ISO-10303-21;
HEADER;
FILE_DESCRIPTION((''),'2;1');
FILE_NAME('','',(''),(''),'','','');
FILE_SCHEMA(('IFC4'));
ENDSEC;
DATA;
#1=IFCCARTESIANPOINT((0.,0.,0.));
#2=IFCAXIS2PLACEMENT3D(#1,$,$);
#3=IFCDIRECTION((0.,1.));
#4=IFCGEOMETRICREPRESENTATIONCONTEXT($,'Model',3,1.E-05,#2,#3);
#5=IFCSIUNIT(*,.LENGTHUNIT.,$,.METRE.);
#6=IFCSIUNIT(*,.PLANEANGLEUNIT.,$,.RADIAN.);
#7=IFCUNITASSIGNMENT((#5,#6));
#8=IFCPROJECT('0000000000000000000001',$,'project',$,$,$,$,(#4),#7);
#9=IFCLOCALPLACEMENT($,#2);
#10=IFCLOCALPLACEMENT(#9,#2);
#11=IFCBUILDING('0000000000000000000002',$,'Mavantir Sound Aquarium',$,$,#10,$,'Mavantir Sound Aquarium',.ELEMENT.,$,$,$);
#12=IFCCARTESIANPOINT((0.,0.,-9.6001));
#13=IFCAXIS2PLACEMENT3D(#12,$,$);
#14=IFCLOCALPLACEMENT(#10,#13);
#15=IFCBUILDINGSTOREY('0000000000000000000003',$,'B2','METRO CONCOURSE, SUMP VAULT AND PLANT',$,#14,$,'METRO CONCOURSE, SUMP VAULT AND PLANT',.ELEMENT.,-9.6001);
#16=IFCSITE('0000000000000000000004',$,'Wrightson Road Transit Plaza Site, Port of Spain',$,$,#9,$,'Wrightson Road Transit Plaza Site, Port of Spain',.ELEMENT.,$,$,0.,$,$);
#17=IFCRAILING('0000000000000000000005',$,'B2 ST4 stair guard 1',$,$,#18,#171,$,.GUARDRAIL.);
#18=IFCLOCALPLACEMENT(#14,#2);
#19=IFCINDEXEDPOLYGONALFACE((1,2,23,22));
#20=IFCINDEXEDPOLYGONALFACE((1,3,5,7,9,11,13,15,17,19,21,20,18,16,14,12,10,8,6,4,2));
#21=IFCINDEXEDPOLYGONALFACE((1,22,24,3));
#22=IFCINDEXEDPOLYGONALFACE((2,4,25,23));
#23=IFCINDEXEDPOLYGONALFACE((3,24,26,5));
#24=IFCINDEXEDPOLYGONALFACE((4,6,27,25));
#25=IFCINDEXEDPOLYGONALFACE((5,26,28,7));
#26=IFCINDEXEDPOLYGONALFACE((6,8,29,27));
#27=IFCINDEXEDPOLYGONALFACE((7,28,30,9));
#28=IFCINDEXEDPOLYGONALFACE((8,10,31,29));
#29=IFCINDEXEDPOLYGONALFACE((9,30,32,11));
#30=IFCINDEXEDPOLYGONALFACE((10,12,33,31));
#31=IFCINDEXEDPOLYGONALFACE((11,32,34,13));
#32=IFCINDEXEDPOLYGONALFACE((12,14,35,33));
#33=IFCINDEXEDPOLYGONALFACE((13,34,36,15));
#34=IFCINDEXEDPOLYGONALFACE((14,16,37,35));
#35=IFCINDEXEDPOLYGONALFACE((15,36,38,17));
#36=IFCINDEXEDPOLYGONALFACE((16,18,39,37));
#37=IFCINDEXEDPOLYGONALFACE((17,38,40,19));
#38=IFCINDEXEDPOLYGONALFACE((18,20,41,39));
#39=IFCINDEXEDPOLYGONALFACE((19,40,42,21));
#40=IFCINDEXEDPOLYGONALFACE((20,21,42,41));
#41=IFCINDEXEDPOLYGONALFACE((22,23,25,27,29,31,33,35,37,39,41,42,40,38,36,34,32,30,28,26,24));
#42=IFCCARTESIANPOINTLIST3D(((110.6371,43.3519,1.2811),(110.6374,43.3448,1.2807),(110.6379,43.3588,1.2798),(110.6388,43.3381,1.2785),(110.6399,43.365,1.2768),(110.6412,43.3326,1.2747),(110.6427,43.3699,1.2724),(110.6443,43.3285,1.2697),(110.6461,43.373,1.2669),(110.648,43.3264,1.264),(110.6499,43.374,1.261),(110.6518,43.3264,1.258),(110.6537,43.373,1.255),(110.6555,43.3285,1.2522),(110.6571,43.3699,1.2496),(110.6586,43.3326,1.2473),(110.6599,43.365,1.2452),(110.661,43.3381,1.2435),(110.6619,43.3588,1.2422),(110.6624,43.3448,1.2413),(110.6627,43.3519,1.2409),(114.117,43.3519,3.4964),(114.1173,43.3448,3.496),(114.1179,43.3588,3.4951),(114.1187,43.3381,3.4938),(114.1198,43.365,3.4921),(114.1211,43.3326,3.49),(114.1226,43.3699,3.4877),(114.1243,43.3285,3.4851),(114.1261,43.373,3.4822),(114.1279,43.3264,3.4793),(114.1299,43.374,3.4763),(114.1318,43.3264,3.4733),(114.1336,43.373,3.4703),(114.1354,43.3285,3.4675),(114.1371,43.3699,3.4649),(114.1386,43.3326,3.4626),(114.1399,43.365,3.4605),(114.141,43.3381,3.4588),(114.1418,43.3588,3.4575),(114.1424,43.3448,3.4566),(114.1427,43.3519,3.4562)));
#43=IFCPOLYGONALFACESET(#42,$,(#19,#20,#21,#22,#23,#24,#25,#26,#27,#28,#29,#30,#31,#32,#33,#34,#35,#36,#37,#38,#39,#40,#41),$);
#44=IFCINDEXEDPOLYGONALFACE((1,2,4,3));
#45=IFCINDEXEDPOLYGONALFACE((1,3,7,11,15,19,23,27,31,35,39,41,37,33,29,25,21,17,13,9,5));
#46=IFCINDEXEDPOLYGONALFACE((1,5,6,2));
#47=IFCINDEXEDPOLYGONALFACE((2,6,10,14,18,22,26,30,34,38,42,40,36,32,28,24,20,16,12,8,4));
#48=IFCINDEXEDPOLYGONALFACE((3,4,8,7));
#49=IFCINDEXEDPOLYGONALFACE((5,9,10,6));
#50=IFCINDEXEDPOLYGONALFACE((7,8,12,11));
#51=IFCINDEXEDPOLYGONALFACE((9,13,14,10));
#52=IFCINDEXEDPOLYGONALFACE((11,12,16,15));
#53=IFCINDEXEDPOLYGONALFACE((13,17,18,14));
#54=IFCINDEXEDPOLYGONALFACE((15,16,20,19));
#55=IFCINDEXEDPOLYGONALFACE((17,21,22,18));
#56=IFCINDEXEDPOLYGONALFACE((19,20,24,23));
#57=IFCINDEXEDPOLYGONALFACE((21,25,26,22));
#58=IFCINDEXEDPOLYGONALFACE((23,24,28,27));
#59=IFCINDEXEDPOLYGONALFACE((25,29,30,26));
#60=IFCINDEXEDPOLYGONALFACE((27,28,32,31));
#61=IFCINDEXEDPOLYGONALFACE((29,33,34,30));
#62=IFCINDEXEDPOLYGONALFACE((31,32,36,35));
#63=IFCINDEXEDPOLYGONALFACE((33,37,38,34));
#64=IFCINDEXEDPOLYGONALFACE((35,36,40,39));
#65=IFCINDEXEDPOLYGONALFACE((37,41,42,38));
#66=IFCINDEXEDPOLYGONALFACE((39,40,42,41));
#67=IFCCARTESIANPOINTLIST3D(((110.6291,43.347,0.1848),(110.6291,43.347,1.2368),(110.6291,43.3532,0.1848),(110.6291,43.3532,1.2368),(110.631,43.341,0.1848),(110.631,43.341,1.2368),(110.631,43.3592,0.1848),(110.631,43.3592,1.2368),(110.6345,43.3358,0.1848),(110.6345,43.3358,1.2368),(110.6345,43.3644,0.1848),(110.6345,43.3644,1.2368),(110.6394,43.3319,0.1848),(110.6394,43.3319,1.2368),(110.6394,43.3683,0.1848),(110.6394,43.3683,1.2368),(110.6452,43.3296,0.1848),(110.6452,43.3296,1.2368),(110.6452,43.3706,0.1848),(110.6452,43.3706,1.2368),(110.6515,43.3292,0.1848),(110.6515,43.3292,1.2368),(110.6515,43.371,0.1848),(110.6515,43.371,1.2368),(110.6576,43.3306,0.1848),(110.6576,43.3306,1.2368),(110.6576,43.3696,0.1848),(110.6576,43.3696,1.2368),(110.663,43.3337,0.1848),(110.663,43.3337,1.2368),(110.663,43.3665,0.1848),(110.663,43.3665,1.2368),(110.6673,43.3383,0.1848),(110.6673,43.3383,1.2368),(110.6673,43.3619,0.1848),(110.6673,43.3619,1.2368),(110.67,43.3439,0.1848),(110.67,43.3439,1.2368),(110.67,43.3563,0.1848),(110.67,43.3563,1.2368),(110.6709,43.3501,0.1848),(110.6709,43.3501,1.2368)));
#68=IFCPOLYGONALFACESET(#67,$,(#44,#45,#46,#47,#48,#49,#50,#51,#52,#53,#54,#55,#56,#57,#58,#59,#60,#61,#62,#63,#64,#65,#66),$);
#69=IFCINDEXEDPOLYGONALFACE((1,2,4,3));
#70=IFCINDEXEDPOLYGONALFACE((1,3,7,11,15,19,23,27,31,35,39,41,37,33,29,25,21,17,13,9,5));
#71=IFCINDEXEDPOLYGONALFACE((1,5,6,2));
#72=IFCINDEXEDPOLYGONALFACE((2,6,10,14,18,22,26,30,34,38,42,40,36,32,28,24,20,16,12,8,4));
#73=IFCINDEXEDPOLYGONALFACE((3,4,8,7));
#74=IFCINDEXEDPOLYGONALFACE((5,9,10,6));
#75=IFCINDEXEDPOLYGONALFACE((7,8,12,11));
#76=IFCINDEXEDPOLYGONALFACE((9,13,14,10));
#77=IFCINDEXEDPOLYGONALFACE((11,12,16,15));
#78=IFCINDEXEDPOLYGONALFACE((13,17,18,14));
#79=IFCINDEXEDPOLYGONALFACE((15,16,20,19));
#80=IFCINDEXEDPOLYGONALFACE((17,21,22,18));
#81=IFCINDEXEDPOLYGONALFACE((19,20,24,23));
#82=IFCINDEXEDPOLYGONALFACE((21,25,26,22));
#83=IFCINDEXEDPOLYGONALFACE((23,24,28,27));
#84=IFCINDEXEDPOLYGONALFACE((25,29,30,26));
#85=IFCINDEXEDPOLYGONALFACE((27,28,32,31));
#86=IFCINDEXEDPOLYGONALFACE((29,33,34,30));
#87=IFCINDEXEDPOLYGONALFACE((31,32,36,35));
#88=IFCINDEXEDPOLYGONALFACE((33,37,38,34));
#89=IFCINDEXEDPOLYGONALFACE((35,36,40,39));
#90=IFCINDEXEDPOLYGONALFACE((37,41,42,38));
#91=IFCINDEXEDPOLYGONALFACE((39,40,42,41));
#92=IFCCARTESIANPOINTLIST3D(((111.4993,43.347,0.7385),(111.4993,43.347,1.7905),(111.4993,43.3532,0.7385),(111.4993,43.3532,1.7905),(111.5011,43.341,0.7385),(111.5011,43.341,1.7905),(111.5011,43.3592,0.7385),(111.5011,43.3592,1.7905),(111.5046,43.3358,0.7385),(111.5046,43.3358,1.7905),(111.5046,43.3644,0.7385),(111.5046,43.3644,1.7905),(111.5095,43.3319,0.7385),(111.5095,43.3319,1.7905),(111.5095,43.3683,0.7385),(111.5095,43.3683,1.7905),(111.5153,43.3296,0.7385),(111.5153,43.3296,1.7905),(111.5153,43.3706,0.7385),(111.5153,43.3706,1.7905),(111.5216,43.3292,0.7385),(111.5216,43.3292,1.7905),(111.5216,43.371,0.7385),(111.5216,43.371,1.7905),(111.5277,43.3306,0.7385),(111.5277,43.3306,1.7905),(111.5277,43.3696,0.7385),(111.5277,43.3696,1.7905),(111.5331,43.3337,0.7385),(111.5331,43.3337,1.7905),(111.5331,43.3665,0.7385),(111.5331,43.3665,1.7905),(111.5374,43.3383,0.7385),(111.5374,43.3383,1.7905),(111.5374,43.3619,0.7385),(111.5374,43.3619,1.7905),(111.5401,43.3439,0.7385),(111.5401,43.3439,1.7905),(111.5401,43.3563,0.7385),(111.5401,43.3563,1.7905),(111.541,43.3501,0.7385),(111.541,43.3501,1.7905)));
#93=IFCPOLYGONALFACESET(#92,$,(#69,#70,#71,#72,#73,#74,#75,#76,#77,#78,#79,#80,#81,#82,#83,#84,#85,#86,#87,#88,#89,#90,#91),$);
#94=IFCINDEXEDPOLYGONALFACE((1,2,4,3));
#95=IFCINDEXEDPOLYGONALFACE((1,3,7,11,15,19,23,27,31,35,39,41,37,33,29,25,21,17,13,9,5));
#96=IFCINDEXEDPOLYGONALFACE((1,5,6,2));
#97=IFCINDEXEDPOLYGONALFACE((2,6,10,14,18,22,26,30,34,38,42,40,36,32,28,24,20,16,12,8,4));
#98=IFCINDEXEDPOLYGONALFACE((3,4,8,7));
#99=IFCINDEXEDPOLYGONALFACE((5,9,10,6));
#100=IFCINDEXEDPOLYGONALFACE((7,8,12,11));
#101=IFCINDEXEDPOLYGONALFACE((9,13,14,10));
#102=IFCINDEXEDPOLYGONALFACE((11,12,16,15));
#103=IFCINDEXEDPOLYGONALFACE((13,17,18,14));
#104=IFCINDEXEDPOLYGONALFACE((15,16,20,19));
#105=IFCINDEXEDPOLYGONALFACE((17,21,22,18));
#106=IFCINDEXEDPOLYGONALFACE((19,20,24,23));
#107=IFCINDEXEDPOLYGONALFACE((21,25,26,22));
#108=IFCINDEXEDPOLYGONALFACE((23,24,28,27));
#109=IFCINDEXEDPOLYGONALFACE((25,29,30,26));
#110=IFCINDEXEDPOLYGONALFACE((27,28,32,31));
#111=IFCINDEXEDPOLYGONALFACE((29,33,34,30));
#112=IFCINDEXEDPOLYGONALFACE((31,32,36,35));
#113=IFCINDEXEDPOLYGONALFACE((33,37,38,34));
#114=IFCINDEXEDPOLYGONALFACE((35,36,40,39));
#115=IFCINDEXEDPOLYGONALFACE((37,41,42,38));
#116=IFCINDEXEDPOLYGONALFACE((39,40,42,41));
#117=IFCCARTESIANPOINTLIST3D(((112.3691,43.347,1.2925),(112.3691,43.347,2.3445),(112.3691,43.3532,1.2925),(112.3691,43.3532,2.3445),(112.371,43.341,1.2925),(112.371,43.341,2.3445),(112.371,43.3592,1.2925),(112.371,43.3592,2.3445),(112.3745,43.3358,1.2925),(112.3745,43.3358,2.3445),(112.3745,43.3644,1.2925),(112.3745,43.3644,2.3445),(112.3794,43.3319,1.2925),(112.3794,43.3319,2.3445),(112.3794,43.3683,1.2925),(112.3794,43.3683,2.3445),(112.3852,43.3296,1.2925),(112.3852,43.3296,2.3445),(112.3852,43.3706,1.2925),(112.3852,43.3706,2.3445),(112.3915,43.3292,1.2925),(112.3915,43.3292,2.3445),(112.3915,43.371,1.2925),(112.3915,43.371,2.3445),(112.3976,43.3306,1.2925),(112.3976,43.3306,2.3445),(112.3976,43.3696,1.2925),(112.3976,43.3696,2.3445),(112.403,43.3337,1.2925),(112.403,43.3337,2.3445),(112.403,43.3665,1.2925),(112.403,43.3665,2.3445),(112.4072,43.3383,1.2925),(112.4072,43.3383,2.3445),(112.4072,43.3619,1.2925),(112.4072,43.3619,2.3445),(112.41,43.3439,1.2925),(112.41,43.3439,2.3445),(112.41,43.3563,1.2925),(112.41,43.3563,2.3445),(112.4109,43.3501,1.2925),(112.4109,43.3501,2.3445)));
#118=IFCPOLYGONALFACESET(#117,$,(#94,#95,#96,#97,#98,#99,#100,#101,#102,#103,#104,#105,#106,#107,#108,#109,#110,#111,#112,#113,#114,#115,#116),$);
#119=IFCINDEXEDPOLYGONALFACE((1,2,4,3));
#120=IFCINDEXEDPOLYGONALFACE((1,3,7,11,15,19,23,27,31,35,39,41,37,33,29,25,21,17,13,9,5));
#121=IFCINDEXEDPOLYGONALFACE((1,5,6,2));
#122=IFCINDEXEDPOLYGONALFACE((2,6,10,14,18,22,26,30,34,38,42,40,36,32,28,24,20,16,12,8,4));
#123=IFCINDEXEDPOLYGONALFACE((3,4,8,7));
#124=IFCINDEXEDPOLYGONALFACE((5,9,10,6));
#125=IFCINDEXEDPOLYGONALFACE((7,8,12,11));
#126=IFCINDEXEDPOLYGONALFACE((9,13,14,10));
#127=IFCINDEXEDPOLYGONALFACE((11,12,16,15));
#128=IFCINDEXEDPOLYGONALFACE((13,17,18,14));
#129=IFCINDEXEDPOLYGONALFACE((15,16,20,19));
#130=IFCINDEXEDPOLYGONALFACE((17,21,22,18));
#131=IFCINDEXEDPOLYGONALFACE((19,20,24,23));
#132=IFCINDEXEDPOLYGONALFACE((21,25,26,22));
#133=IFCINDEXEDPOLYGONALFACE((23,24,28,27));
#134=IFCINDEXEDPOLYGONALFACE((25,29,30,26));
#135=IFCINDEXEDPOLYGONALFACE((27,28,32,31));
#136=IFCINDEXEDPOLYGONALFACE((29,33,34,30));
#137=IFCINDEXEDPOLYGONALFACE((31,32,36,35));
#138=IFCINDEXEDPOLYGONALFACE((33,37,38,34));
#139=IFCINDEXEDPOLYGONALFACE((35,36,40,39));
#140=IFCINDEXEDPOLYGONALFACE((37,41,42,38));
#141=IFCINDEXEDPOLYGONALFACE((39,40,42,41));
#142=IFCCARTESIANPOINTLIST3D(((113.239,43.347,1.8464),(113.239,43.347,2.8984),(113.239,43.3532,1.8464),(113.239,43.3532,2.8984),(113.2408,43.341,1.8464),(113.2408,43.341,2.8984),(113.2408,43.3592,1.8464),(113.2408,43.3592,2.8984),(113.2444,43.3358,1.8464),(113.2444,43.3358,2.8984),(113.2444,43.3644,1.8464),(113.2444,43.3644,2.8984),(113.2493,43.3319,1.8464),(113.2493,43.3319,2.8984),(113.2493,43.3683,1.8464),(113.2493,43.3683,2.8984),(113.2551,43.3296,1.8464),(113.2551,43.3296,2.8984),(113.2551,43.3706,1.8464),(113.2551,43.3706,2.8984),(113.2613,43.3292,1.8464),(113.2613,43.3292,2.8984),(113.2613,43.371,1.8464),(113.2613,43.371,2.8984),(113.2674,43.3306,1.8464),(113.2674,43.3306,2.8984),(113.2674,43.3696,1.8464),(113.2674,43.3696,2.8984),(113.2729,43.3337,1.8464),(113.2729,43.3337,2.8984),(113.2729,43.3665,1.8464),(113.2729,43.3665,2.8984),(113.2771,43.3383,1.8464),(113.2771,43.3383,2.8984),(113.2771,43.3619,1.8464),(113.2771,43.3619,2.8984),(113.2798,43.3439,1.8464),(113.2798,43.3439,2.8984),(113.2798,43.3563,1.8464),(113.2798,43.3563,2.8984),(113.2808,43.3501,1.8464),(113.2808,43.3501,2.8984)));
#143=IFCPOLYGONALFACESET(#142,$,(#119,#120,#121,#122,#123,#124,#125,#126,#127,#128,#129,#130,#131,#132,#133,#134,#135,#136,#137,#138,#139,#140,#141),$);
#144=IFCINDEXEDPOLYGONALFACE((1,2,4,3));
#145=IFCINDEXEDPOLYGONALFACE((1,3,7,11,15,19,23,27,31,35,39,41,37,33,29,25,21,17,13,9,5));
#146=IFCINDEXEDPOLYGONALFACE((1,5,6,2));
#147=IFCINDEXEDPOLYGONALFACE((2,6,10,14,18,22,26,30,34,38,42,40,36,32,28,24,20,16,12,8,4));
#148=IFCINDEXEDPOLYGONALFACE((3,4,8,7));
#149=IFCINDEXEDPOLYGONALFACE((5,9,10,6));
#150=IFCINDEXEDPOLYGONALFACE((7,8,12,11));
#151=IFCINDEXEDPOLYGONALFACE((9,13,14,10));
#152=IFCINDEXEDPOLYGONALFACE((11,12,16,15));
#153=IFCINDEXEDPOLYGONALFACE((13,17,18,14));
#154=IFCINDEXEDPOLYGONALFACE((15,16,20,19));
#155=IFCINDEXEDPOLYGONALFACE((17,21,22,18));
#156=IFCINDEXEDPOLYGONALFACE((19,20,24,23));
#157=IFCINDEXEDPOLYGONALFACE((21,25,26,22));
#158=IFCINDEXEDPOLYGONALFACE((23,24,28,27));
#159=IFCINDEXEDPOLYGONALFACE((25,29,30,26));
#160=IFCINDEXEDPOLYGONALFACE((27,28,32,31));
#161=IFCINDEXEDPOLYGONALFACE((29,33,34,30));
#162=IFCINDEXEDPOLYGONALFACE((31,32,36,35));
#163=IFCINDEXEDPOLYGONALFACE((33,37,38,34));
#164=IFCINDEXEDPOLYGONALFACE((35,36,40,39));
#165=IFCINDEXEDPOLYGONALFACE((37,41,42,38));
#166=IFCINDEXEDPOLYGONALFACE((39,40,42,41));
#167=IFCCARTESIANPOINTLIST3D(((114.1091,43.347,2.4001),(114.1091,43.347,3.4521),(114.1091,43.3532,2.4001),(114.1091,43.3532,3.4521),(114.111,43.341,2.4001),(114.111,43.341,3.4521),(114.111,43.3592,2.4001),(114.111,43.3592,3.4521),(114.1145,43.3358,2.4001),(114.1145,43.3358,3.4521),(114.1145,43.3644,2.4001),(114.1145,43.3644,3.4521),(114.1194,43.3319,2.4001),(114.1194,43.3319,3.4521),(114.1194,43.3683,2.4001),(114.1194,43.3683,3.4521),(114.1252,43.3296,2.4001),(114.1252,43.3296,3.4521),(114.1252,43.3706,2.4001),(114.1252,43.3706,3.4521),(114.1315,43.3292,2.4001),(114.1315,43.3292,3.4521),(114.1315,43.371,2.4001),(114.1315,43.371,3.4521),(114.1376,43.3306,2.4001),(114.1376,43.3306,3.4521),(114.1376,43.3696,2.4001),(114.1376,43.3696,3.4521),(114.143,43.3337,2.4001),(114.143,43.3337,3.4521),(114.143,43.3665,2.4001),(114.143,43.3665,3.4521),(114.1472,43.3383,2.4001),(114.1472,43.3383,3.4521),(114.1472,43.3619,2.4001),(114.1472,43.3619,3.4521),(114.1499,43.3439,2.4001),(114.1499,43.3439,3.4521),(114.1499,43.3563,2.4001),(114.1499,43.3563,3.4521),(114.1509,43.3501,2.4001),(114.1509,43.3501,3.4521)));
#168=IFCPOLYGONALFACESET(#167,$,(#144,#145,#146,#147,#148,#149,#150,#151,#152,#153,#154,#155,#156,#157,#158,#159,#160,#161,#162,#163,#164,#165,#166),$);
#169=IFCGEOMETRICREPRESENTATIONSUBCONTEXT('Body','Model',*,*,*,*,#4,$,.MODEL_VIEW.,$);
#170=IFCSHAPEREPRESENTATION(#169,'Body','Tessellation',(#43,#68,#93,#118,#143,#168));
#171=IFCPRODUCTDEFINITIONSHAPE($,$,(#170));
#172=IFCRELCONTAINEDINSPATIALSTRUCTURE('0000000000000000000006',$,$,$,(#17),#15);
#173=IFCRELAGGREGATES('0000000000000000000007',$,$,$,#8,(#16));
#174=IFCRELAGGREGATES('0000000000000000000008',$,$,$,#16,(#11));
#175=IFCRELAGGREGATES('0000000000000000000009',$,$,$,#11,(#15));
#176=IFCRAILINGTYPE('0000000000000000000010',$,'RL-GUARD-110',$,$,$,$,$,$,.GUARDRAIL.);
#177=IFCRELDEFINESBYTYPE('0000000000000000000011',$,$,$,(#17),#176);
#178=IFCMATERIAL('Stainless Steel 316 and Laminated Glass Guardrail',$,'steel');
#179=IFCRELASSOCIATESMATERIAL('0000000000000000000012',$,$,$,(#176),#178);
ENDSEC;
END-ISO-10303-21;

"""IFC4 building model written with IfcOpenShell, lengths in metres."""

from ifc_helpers import new_model, si_unit, direction, frame, origin, origin_2d, place, context, subcontext, project, spatial, circle, extrude, material, type_object, element, save


model = new_model("IFC4")

# Units and contexts
model_context = context("Model", 3, precision=1e-05, world=origin(), true_north=direction((0.0, 1.0)))
body_context = subcontext(model_context, "Body", "Model", "MODEL_VIEW")
ifc_project = project(units=[si_unit("LENGTHUNIT", "METRE"), si_unit("PLANEANGLEUNIT", "RADIAN")], contexts=[model_context])

# Site, building, storey
site_placement = place(None, origin())
site = spatial("IfcSite", under=ifc_project, at=site_placement, Name="Wrightson Road Transit Plaza Site, Port of Spain", LongName="Wrightson Road Transit Plaza Site, Port of Spain", CompositionType="ELEMENT", RefElevation=0.0)
building_placement = place(site_placement, origin())
building = spatial("IfcBuilding", under=site, at=building_placement, Name="Mavantir Sound Aquarium", LongName="Mavantir Sound Aquarium", CompositionType="ELEMENT")
storey_placement = place(building_placement, frame((0.0, 0.0, -9.6001)))
storey = spatial("IfcBuildingStorey", under=building, at=storey_placement, Name="B2", Description="METRO CONCOURSE, SUMP VAULT AND PLANT", LongName="METRO CONCOURSE, SUMP VAULT AND PLANT", CompositionType="ELEMENT", Elevation=-9.6001)

# Railing
ifc_material_1 = material(Name="Stainless Steel 316 and Laminated Glass Guardrail", Category="steel")
railing_type_1 = type_object("IfcRailingType", Name="RL-GUARD-110", PredefinedType="GUARDRAIL", material=ifc_material_1)
railing_1_placement = place(storey_placement, frame((110.6499, 43.3501, 0.1848)))
element("IfcRailing", 1, at=railing_1_placement, inside=storey, type_object=railing_type_1, Name="B2 ST4 stair guard 1", PredefinedType="GUARDRAIL", context=body_context, shape_type="SweptSolid", body=[
    extrude(circle(Radius=0.0239, at=origin_2d()), frame((0.0, 0.0, 1.0762), z_axis=(0.843574, 0.0, 0.537013), x_axis=(0.0, 1.0, 0.0)), (0.0, 0.0, 1.0), 4.1252),
    extrude(circle(Radius=0.021, at=origin_2d()), origin(), (0.0, 0.0, 1.0), 1.052),
    extrude(circle(Radius=0.021, at=origin_2d()), frame((0.8701, 0.0, 0.5537)), (0.0, 0.0, 1.0), 1.052),
    extrude(circle(Radius=0.021, at=origin_2d()), frame((1.74, 0.0, 1.1077)), (0.0, 0.0, 1.0), 1.052),
    extrude(circle(Radius=0.021, at=origin_2d()), frame((2.6099, 0.0, 1.6616)), (0.0, 0.0, 1.0), 1.052),
    extrude(circle(Radius=0.021, at=origin_2d()), frame((3.48, 0.0, 2.2153)), (0.0, 0.0, 1.0), 1.052),
])

save(model, "model.ifc")
